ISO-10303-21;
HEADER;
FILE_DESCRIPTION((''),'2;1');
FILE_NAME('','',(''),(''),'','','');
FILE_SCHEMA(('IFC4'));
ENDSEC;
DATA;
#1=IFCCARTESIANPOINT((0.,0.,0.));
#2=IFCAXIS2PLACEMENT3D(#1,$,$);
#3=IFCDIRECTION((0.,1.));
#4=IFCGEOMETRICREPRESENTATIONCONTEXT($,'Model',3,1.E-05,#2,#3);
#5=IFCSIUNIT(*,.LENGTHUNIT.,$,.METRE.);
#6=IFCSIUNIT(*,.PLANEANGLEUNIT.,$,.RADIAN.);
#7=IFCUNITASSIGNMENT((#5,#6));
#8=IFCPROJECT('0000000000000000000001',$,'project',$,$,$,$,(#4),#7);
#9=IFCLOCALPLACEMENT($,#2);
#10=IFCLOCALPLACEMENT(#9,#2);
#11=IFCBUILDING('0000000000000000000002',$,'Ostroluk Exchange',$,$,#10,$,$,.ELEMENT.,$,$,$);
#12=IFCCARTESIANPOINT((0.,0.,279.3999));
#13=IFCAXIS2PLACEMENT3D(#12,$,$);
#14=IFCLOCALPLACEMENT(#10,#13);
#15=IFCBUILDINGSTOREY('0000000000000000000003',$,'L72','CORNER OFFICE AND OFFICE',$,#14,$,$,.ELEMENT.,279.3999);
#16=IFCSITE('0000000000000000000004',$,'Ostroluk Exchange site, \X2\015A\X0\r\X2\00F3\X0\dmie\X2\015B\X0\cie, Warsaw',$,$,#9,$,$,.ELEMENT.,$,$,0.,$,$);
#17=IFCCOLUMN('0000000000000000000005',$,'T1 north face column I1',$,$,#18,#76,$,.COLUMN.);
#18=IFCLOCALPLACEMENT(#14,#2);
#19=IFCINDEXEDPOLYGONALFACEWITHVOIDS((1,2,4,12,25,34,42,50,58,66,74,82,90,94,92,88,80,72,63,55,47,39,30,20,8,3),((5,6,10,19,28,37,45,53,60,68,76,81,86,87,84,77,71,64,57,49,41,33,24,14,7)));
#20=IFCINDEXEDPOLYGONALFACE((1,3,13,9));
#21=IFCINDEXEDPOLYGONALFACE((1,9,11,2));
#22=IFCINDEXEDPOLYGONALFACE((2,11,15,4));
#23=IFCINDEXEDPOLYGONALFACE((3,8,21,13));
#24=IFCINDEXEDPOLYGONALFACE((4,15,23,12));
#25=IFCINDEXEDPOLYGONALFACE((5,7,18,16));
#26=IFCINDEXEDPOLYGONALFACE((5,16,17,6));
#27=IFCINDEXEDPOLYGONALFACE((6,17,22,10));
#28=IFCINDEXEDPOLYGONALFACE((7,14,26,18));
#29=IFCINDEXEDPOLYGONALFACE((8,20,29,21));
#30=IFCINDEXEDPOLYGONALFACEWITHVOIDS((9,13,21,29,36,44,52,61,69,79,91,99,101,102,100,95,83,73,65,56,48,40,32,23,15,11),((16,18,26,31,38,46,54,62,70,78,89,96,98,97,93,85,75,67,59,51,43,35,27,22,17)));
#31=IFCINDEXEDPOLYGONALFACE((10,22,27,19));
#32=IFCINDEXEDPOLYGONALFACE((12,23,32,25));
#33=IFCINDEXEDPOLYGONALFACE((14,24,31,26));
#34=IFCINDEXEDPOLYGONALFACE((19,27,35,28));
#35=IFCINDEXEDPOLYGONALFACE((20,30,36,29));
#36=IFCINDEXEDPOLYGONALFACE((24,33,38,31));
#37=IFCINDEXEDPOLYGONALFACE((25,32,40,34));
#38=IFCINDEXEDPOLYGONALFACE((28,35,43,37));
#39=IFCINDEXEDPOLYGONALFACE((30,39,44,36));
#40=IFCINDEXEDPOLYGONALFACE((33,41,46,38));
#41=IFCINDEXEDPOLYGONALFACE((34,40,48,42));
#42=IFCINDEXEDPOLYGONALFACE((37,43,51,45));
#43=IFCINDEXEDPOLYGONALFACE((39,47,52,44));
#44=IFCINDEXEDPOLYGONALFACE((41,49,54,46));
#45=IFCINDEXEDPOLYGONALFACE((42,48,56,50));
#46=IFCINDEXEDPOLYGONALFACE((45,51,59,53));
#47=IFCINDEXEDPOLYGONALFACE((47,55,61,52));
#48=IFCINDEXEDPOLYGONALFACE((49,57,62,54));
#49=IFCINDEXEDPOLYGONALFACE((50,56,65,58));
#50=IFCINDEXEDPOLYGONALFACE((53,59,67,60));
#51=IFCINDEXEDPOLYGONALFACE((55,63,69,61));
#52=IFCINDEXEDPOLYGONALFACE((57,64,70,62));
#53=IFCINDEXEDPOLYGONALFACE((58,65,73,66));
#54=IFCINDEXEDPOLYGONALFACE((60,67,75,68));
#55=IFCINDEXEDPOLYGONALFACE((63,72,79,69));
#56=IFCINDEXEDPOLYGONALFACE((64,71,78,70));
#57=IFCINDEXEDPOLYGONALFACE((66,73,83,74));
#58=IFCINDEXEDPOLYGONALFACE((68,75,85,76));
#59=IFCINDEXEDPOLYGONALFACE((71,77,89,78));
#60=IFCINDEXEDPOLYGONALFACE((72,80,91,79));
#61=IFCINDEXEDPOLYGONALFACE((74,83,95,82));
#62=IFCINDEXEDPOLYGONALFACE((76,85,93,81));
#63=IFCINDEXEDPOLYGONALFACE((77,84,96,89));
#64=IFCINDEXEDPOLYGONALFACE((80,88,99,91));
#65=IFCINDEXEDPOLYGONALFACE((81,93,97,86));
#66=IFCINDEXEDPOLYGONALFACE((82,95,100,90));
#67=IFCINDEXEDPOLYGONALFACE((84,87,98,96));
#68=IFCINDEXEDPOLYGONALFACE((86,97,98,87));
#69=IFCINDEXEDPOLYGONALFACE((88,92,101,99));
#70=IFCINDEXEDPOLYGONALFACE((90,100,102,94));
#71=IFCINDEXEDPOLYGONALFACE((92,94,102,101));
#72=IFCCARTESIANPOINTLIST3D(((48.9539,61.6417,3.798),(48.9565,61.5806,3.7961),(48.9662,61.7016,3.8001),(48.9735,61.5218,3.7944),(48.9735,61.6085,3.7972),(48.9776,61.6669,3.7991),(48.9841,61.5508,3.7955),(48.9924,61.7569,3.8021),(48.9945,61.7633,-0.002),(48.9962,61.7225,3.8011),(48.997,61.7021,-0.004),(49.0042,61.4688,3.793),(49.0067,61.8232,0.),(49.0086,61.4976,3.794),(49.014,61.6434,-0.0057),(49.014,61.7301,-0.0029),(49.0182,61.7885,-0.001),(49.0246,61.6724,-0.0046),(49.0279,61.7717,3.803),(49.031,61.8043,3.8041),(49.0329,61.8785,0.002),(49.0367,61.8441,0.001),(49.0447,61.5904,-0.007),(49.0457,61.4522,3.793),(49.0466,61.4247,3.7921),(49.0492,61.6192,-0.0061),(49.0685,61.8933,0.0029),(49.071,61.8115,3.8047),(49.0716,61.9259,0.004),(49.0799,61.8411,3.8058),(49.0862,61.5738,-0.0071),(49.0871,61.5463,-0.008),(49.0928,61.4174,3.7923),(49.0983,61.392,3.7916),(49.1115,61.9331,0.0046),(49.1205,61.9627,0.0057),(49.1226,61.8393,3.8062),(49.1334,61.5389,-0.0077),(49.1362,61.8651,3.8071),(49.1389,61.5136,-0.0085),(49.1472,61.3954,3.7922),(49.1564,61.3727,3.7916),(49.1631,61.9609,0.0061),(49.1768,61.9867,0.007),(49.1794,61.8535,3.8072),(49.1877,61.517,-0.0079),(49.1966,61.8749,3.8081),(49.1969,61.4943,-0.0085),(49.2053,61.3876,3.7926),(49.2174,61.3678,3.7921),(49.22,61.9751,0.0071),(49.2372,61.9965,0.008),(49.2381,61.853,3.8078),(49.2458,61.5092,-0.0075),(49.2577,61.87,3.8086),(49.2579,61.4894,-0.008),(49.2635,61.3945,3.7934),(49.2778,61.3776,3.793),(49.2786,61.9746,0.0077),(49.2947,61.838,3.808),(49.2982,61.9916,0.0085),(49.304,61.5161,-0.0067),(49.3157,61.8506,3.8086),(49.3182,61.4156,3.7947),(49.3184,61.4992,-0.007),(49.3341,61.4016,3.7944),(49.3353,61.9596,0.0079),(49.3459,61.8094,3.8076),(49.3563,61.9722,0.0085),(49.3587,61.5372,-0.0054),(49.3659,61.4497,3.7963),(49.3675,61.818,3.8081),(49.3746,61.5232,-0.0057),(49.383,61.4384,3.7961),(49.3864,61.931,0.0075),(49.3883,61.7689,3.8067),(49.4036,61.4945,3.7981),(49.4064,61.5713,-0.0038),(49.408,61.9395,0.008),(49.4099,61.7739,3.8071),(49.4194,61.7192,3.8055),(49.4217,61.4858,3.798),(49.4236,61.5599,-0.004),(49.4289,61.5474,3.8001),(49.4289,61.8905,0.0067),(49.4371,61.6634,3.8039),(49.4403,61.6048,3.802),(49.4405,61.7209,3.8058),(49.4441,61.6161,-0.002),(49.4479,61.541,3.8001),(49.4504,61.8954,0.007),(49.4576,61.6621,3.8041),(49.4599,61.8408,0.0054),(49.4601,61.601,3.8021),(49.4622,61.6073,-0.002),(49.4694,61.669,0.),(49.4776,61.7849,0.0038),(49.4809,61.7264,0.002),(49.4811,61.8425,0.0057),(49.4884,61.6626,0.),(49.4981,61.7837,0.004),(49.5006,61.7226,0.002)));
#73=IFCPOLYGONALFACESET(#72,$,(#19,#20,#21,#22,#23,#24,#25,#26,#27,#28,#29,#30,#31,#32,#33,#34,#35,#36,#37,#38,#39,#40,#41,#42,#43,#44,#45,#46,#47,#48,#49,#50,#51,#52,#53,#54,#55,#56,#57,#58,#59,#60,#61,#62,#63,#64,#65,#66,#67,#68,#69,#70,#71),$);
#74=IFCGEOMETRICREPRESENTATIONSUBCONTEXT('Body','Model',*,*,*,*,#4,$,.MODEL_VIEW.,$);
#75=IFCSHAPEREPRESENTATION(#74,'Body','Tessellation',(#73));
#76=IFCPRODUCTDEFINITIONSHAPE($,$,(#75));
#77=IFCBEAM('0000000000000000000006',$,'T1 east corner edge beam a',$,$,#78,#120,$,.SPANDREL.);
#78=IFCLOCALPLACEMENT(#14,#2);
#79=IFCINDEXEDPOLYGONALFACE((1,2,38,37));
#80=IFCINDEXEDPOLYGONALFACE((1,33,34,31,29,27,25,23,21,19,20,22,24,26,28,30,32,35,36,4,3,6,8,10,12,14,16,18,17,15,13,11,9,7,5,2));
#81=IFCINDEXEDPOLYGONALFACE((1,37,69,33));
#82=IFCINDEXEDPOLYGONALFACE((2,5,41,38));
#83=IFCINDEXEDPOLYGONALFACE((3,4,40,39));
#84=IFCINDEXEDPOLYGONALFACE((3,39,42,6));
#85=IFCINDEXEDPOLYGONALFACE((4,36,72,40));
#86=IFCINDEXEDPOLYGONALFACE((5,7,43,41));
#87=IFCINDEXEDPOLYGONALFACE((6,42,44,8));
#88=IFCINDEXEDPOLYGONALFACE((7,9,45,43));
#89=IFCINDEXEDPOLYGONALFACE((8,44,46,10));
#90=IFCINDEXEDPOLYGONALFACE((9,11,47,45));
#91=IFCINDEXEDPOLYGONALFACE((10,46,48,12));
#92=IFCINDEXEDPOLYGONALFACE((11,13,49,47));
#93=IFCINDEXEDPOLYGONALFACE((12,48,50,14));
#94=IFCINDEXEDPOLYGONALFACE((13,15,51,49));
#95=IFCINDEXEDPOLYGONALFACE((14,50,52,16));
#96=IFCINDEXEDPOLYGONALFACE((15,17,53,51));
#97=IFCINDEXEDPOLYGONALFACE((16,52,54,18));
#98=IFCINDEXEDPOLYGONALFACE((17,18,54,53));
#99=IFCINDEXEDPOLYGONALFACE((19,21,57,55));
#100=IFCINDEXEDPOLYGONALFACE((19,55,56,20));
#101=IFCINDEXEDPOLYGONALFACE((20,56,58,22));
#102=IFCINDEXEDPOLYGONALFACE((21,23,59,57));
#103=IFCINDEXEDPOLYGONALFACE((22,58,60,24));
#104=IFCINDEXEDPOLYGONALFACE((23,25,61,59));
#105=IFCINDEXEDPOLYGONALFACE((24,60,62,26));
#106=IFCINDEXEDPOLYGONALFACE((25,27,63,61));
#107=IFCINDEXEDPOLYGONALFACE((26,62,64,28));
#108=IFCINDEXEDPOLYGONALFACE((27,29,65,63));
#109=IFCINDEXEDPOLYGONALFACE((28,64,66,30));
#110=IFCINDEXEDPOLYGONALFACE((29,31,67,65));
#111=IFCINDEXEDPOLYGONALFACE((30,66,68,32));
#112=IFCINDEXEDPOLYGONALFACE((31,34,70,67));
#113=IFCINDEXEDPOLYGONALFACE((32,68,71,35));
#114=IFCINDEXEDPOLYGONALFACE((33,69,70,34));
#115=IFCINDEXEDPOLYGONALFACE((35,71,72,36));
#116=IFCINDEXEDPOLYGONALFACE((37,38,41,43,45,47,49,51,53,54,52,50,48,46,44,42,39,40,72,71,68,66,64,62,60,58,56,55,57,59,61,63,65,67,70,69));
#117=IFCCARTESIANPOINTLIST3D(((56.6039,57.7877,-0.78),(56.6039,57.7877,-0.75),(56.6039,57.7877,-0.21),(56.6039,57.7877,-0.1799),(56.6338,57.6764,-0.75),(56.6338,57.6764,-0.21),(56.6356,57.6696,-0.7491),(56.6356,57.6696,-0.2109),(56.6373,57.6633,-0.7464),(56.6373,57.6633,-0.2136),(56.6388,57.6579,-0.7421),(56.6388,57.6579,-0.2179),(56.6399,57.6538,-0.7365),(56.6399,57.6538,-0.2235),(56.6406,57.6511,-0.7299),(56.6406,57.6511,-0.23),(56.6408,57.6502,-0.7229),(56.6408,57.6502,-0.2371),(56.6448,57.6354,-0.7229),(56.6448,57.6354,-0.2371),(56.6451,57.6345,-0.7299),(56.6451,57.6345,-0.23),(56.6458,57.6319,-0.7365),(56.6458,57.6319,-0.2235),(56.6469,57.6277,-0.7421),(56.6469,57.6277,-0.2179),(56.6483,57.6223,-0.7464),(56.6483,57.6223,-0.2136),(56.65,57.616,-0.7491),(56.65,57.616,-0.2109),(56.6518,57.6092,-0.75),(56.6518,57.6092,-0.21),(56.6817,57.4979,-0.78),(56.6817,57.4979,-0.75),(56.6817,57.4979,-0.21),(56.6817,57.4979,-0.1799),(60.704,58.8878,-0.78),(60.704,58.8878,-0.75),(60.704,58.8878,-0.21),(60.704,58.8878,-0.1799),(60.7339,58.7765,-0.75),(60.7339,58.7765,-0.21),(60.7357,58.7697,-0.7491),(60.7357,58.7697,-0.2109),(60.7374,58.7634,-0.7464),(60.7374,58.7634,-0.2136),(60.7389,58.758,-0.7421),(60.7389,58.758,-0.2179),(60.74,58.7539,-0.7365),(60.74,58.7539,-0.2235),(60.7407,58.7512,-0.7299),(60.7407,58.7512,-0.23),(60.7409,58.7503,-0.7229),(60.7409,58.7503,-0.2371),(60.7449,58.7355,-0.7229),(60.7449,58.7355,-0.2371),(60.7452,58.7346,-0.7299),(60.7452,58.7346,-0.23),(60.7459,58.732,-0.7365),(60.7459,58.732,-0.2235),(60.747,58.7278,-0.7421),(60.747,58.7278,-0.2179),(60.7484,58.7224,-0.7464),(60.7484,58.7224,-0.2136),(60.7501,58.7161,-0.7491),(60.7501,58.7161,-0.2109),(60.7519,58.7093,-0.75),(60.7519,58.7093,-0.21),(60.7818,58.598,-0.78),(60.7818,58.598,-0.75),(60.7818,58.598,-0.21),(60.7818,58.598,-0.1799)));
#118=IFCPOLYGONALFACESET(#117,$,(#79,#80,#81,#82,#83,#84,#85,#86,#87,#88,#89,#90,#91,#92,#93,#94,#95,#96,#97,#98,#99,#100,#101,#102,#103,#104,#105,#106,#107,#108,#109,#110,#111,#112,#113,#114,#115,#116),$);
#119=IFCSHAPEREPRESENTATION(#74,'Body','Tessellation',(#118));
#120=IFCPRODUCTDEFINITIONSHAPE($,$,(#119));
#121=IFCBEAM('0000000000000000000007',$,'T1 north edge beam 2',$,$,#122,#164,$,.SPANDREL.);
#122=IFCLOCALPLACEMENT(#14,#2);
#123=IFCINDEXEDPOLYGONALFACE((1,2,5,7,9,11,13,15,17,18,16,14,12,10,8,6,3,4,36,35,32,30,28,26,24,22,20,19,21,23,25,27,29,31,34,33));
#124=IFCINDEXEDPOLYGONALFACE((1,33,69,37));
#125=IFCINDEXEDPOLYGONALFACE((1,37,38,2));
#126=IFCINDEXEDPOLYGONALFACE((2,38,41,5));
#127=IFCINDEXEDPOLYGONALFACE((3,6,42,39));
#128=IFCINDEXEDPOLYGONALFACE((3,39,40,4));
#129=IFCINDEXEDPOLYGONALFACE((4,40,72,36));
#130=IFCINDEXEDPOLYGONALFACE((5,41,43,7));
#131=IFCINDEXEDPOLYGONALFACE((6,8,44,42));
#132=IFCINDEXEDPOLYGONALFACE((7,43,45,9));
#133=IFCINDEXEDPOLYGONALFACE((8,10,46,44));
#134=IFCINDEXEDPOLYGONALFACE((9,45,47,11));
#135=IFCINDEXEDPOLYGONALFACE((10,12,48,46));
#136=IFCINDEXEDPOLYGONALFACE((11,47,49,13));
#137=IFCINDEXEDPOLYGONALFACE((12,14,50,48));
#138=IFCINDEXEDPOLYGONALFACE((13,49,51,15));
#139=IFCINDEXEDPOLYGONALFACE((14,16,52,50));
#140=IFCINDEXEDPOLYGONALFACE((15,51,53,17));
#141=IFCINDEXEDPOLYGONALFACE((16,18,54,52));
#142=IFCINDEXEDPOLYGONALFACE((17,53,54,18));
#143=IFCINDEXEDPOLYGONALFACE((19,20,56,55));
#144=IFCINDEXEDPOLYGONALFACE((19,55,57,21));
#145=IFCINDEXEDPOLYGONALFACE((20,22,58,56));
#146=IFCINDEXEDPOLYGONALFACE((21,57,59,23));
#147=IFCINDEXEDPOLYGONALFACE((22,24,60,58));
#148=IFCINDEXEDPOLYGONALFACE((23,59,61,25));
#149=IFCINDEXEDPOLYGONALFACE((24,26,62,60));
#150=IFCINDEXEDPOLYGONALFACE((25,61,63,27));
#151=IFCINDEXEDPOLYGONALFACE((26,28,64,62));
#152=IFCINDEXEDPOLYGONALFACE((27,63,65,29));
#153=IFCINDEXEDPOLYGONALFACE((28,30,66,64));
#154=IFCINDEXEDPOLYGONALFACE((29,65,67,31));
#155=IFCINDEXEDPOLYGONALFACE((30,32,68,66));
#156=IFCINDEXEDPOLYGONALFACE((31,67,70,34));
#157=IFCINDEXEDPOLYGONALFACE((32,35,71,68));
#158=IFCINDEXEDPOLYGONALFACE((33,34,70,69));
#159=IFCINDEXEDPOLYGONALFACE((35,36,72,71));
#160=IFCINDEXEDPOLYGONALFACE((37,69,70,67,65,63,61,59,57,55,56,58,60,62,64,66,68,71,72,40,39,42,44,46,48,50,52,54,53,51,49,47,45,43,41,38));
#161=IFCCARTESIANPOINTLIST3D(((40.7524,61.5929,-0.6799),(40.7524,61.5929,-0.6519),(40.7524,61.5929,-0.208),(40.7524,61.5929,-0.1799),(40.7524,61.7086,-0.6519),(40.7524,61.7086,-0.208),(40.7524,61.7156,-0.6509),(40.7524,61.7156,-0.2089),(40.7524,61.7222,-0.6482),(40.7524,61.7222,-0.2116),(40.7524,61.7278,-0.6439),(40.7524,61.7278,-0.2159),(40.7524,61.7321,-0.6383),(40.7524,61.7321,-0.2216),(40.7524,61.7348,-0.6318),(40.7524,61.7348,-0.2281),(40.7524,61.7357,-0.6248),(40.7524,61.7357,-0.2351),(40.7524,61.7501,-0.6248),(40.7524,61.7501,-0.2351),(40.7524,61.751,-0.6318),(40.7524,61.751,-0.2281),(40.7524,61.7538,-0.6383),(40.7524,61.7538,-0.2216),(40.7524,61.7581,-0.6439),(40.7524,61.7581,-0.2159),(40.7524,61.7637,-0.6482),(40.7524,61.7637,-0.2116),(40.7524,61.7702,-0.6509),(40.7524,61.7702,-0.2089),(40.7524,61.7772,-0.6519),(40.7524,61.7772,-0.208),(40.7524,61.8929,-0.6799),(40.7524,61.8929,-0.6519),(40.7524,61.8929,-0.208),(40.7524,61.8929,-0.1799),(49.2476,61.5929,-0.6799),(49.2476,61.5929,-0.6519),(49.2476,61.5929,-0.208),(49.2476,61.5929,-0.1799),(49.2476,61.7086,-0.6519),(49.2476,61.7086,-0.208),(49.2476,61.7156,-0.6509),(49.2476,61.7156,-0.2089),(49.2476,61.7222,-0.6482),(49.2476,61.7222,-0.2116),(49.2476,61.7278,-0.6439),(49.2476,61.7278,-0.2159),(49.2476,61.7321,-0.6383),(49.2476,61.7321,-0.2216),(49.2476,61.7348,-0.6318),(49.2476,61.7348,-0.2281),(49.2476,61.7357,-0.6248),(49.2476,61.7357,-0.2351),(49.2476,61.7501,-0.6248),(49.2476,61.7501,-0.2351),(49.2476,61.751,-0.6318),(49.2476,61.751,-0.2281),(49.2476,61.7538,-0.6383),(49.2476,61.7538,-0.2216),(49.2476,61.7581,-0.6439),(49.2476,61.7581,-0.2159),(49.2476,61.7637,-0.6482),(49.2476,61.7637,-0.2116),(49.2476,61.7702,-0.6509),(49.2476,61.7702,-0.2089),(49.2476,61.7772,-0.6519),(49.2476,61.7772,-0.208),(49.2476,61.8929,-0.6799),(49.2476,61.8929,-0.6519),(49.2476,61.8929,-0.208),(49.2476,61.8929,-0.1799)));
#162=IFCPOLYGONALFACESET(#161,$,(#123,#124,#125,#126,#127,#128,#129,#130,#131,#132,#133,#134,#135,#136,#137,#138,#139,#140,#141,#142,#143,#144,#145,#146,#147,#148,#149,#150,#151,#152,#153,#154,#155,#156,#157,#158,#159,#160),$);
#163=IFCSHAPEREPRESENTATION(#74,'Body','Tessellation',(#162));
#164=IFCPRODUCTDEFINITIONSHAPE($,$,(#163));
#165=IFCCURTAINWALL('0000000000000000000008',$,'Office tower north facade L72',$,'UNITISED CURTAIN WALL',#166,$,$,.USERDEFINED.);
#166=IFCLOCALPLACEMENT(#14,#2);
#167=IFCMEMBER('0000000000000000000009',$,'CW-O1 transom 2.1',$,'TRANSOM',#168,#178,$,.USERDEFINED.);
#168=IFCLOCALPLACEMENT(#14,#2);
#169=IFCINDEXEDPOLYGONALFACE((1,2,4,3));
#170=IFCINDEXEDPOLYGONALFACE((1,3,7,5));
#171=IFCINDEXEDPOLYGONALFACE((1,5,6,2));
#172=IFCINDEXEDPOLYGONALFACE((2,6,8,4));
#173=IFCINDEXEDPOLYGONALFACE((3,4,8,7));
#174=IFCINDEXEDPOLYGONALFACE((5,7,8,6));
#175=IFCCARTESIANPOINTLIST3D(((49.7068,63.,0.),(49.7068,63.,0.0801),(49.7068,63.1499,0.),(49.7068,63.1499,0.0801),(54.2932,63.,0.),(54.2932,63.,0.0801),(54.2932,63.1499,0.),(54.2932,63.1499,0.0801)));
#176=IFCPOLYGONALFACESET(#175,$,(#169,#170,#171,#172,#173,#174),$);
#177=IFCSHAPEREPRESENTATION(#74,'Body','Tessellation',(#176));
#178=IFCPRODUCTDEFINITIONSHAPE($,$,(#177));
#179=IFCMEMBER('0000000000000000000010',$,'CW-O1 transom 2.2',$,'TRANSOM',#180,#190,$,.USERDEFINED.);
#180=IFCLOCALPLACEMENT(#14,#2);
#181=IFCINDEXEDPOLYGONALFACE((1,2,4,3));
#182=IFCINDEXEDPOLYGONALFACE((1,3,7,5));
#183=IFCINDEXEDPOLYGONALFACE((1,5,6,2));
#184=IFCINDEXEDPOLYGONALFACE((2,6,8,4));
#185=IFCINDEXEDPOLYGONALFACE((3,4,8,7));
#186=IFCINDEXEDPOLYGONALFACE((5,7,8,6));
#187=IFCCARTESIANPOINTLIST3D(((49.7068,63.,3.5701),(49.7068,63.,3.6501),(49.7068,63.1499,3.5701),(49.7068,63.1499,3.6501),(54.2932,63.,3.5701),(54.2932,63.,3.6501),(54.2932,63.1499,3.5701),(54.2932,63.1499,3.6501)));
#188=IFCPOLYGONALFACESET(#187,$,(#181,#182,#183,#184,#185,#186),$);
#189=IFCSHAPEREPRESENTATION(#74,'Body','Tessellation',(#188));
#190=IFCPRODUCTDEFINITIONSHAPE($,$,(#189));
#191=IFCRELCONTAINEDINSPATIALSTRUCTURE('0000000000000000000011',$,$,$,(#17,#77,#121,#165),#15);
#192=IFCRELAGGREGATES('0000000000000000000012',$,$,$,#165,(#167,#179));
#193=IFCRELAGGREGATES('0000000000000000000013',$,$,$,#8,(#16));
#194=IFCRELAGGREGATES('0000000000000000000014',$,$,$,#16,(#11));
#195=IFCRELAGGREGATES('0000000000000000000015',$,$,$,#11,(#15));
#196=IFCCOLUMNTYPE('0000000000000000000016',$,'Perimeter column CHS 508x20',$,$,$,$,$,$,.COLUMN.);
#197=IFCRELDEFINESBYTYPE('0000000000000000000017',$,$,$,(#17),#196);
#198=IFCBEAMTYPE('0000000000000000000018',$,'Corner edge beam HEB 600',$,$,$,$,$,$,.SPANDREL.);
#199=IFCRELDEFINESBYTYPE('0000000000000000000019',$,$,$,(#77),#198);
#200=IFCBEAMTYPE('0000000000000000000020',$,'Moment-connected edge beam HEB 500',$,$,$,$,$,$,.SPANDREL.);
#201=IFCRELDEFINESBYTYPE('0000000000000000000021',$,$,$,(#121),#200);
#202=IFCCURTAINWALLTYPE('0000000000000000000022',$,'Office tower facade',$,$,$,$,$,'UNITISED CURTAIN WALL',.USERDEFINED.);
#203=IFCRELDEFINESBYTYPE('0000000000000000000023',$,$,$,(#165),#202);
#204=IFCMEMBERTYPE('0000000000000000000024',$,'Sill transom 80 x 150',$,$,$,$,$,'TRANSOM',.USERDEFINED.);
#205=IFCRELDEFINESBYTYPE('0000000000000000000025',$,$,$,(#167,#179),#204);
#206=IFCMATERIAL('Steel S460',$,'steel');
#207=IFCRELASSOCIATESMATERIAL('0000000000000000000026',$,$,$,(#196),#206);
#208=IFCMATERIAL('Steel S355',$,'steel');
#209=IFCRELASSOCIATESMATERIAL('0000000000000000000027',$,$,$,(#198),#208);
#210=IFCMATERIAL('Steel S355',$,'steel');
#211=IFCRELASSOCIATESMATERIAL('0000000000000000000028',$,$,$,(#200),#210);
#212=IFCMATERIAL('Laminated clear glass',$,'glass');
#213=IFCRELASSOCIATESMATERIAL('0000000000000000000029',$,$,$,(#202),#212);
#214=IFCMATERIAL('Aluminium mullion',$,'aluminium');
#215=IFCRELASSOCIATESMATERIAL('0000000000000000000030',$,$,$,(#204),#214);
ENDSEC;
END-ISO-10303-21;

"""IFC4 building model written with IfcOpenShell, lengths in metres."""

from ifc_helpers import new_model, si_unit, direction, frame, origin, origin_2d, place, context, subcontext, project, spatial, rectangle, hollow_circle, i_section, extrude, material, material_profile, profile_set, type_object, element, aggregate, save


model = new_model("IFC4")

# Units and contexts
model_context = context("Model", 3, precision=1e-05, world=origin(), true_north=direction((0.0, 1.0)))
body_context = subcontext(model_context, "Body", "Model", "MODEL_VIEW")
ifc_project = project(units=[si_unit("LENGTHUNIT", "METRE"), si_unit("PLANEANGLEUNIT", "RADIAN")], contexts=[model_context])

# Site, building, storey
site_placement = place(None, origin())
site = spatial("IfcSite", under=ifc_project, at=site_placement, Name="Ostroluk Exchange site, Śródmieście, Warsaw", CompositionType="ELEMENT", RefElevation=0.0)
building_placement = place(site_placement, origin())
building = spatial("IfcBuilding", under=site, at=building_placement, Name="Ostroluk Exchange", CompositionType="ELEMENT")
storey_placement = place(building_placement, frame((0.0, 0.0, 279.3999)))
storey = spatial("IfcBuildingStorey", under=building, at=storey_placement, Name="L72", Description="CORNER OFFICE AND OFFICE", CompositionType="ELEMENT", Elevation=279.3999)

# Column
ifc_material_1 = material(Name="Steel S460", Category="steel")
ifc_material_profile_1 = material_profile(ifc_material_1, hollow_circle(Radius=0.2539, WallThickness=0.02, at=origin_2d()), Name="CHS 508x20")
ifc_profile_set_1 = profile_set([ifc_material_profile_1], Name="Steel S460")
column_type = type_object("IfcColumnType", Name="Perimeter column CHS 508x20", PredefinedType="COLUMN", material=ifc_profile_set_1)
column_placement = place(storey_placement, frame((49.2476, 61.7429, 0.0), z_axis=(-0.010659, -0.031977, 0.999432), x_axis=(0.948683, -0.316228, 0.0)))
element("IfcColumn", 1, at=column_placement, inside=storey, type_object=column_type, Name="T1 north face column I1", PredefinedType="COLUMN", context=body_context, shape_type="SweptSolid", body=[
    extrude(hollow_circle(Radius=0.2539, WallThickness=0.02, at=origin_2d()), origin(), (0.0, 0.0, 1.0), 3.8022),
])

# Beams
ifc_material_2 = material(Name="Steel S355", Category="steel")
ifc_material_profile_2 = material_profile(ifc_material_2, i_section(OverallWidth=0.3, OverallDepth=0.6001, WebThickness=0.0154, FlangeThickness=0.03, FilletRadius=0.0271, at=origin_2d()), Name="HEB 600")
ifc_profile_set_2 = profile_set([ifc_material_profile_2], Name="Steel S355")
beam_type_1 = type_object("IfcBeamType", Name="Corner edge beam HEB 600", PredefinedType="SPANDREL", material=ifc_profile_set_2)
beam_1_placement = place(storey_placement, frame((56.6428, 57.6428, -0.48), z_axis=(0.965839, 0.259144, 0.0), x_axis=(-0.259144, 0.965839, 0.0)))
element("IfcBeam", 2, at=beam_1_placement, inside=storey, type_object=beam_type_1, Name="T1 east corner edge beam a", PredefinedType="SPANDREL", context=body_context, shape_type="SweptSolid", body=[
    extrude(i_section(OverallWidth=0.3, OverallDepth=0.6001, WebThickness=0.0154, FlangeThickness=0.03, FilletRadius=0.0271, at=origin_2d()), origin(), (0.0, 0.0, 1.0), 4.2451),
])
ifc_material_3 = material(Name="Steel S355", Category="steel")
ifc_material_profile_3 = material_profile(ifc_material_3, i_section(OverallWidth=0.3, OverallDepth=0.5, WebThickness=0.0144, FlangeThickness=0.0281, FilletRadius=0.0271, at=origin_2d()), Name="HEB 500")
ifc_profile_set_3 = profile_set([ifc_material_profile_3], Name="Steel S355")
beam_type_2 = type_object("IfcBeamType", Name="Moment-connected edge beam HEB 500", PredefinedType="SPANDREL", material=ifc_profile_set_3)
beam_2_placement = place(storey_placement, frame((49.2476, 61.7429, -0.4299), z_axis=(-1.0, 0.0, 0.0), x_axis=(0.0, -1.0, 0.0)))
element("IfcBeam", 3, at=beam_2_placement, inside=storey, type_object=beam_type_2, Name="T1 north edge beam 2", PredefinedType="SPANDREL", context=body_context, shape_type="SweptSolid", body=[
    extrude(i_section(OverallWidth=0.3, OverallDepth=0.5, WebThickness=0.0144, FlangeThickness=0.0281, FilletRadius=0.0271, at=origin_2d()), origin(), (0.0, 0.0, 1.0), 8.4951),
])

# Curtain wall, members
ifc_material_4 = material(Name="Laminated clear glass", Category="glass")
curtain_wall_type = type_object("IfcCurtainWallType", Name="Office tower facade", ElementType="UNITISED CURTAIN WALL", PredefinedType="USERDEFINED", material=ifc_material_4)
curtain_wall_placement = place(storey_placement, origin())
curtain_wall = element("IfcCurtainWall", 4, at=curtain_wall_placement, inside=storey, type_object=curtain_wall_type, Name="Office tower north facade L72", ObjectType="UNITISED CURTAIN WALL", PredefinedType="USERDEFINED")
ifc_material_5 = material(Name="Aluminium mullion", Category="aluminium")
ifc_material_profile_4 = material_profile(ifc_material_5, rectangle(XDim=0.1499, YDim=0.0801, at=origin_2d()), Name="Sill transom 80 x 150")
ifc_profile_set_4 = profile_set([ifc_material_profile_4], Name="Aluminium mullion")
member_type_1 = type_object("IfcMemberType", Name="Sill transom 80 x 150", ElementType="TRANSOM", PredefinedType="USERDEFINED", material=ifc_profile_set_4)
member_1_placement = place(storey_placement, frame((54.2932, 63.075, 0.04), z_axis=(-1.0, 0.0, 0.0), x_axis=(0.0, -1.0, 0.0)))
member_1 = element("IfcMember", 5, at=member_1_placement, type_object=member_type_1, Name="CW-O1 transom 2.1", ObjectType="TRANSOM", PredefinedType="USERDEFINED", context=body_context, shape_type="SweptSolid", body=[
    extrude(rectangle(XDim=0.1499, YDim=0.0801, at=origin_2d()), origin(), (0.0, 0.0, 1.0), 4.5864),
])
member_2_placement = place(storey_placement, frame((54.2932, 63.075, 3.6101), z_axis=(-1.0, 0.0, 0.0), x_axis=(0.0, -1.0, 0.0)))
member_2 = element("IfcMember", 6, at=member_2_placement, type_object=member_type_1, Name="CW-O1 transom 2.2", ObjectType="TRANSOM", PredefinedType="USERDEFINED", context=body_context, shape_type="SweptSolid", body=[
    extrude(rectangle(XDim=0.1499, YDim=0.0801, at=origin_2d()), origin(), (0.0, 0.0, 1.0), 4.5864),
])
aggregate(curtain_wall, [member_1, member_2])

save(model, "model.ifc")
